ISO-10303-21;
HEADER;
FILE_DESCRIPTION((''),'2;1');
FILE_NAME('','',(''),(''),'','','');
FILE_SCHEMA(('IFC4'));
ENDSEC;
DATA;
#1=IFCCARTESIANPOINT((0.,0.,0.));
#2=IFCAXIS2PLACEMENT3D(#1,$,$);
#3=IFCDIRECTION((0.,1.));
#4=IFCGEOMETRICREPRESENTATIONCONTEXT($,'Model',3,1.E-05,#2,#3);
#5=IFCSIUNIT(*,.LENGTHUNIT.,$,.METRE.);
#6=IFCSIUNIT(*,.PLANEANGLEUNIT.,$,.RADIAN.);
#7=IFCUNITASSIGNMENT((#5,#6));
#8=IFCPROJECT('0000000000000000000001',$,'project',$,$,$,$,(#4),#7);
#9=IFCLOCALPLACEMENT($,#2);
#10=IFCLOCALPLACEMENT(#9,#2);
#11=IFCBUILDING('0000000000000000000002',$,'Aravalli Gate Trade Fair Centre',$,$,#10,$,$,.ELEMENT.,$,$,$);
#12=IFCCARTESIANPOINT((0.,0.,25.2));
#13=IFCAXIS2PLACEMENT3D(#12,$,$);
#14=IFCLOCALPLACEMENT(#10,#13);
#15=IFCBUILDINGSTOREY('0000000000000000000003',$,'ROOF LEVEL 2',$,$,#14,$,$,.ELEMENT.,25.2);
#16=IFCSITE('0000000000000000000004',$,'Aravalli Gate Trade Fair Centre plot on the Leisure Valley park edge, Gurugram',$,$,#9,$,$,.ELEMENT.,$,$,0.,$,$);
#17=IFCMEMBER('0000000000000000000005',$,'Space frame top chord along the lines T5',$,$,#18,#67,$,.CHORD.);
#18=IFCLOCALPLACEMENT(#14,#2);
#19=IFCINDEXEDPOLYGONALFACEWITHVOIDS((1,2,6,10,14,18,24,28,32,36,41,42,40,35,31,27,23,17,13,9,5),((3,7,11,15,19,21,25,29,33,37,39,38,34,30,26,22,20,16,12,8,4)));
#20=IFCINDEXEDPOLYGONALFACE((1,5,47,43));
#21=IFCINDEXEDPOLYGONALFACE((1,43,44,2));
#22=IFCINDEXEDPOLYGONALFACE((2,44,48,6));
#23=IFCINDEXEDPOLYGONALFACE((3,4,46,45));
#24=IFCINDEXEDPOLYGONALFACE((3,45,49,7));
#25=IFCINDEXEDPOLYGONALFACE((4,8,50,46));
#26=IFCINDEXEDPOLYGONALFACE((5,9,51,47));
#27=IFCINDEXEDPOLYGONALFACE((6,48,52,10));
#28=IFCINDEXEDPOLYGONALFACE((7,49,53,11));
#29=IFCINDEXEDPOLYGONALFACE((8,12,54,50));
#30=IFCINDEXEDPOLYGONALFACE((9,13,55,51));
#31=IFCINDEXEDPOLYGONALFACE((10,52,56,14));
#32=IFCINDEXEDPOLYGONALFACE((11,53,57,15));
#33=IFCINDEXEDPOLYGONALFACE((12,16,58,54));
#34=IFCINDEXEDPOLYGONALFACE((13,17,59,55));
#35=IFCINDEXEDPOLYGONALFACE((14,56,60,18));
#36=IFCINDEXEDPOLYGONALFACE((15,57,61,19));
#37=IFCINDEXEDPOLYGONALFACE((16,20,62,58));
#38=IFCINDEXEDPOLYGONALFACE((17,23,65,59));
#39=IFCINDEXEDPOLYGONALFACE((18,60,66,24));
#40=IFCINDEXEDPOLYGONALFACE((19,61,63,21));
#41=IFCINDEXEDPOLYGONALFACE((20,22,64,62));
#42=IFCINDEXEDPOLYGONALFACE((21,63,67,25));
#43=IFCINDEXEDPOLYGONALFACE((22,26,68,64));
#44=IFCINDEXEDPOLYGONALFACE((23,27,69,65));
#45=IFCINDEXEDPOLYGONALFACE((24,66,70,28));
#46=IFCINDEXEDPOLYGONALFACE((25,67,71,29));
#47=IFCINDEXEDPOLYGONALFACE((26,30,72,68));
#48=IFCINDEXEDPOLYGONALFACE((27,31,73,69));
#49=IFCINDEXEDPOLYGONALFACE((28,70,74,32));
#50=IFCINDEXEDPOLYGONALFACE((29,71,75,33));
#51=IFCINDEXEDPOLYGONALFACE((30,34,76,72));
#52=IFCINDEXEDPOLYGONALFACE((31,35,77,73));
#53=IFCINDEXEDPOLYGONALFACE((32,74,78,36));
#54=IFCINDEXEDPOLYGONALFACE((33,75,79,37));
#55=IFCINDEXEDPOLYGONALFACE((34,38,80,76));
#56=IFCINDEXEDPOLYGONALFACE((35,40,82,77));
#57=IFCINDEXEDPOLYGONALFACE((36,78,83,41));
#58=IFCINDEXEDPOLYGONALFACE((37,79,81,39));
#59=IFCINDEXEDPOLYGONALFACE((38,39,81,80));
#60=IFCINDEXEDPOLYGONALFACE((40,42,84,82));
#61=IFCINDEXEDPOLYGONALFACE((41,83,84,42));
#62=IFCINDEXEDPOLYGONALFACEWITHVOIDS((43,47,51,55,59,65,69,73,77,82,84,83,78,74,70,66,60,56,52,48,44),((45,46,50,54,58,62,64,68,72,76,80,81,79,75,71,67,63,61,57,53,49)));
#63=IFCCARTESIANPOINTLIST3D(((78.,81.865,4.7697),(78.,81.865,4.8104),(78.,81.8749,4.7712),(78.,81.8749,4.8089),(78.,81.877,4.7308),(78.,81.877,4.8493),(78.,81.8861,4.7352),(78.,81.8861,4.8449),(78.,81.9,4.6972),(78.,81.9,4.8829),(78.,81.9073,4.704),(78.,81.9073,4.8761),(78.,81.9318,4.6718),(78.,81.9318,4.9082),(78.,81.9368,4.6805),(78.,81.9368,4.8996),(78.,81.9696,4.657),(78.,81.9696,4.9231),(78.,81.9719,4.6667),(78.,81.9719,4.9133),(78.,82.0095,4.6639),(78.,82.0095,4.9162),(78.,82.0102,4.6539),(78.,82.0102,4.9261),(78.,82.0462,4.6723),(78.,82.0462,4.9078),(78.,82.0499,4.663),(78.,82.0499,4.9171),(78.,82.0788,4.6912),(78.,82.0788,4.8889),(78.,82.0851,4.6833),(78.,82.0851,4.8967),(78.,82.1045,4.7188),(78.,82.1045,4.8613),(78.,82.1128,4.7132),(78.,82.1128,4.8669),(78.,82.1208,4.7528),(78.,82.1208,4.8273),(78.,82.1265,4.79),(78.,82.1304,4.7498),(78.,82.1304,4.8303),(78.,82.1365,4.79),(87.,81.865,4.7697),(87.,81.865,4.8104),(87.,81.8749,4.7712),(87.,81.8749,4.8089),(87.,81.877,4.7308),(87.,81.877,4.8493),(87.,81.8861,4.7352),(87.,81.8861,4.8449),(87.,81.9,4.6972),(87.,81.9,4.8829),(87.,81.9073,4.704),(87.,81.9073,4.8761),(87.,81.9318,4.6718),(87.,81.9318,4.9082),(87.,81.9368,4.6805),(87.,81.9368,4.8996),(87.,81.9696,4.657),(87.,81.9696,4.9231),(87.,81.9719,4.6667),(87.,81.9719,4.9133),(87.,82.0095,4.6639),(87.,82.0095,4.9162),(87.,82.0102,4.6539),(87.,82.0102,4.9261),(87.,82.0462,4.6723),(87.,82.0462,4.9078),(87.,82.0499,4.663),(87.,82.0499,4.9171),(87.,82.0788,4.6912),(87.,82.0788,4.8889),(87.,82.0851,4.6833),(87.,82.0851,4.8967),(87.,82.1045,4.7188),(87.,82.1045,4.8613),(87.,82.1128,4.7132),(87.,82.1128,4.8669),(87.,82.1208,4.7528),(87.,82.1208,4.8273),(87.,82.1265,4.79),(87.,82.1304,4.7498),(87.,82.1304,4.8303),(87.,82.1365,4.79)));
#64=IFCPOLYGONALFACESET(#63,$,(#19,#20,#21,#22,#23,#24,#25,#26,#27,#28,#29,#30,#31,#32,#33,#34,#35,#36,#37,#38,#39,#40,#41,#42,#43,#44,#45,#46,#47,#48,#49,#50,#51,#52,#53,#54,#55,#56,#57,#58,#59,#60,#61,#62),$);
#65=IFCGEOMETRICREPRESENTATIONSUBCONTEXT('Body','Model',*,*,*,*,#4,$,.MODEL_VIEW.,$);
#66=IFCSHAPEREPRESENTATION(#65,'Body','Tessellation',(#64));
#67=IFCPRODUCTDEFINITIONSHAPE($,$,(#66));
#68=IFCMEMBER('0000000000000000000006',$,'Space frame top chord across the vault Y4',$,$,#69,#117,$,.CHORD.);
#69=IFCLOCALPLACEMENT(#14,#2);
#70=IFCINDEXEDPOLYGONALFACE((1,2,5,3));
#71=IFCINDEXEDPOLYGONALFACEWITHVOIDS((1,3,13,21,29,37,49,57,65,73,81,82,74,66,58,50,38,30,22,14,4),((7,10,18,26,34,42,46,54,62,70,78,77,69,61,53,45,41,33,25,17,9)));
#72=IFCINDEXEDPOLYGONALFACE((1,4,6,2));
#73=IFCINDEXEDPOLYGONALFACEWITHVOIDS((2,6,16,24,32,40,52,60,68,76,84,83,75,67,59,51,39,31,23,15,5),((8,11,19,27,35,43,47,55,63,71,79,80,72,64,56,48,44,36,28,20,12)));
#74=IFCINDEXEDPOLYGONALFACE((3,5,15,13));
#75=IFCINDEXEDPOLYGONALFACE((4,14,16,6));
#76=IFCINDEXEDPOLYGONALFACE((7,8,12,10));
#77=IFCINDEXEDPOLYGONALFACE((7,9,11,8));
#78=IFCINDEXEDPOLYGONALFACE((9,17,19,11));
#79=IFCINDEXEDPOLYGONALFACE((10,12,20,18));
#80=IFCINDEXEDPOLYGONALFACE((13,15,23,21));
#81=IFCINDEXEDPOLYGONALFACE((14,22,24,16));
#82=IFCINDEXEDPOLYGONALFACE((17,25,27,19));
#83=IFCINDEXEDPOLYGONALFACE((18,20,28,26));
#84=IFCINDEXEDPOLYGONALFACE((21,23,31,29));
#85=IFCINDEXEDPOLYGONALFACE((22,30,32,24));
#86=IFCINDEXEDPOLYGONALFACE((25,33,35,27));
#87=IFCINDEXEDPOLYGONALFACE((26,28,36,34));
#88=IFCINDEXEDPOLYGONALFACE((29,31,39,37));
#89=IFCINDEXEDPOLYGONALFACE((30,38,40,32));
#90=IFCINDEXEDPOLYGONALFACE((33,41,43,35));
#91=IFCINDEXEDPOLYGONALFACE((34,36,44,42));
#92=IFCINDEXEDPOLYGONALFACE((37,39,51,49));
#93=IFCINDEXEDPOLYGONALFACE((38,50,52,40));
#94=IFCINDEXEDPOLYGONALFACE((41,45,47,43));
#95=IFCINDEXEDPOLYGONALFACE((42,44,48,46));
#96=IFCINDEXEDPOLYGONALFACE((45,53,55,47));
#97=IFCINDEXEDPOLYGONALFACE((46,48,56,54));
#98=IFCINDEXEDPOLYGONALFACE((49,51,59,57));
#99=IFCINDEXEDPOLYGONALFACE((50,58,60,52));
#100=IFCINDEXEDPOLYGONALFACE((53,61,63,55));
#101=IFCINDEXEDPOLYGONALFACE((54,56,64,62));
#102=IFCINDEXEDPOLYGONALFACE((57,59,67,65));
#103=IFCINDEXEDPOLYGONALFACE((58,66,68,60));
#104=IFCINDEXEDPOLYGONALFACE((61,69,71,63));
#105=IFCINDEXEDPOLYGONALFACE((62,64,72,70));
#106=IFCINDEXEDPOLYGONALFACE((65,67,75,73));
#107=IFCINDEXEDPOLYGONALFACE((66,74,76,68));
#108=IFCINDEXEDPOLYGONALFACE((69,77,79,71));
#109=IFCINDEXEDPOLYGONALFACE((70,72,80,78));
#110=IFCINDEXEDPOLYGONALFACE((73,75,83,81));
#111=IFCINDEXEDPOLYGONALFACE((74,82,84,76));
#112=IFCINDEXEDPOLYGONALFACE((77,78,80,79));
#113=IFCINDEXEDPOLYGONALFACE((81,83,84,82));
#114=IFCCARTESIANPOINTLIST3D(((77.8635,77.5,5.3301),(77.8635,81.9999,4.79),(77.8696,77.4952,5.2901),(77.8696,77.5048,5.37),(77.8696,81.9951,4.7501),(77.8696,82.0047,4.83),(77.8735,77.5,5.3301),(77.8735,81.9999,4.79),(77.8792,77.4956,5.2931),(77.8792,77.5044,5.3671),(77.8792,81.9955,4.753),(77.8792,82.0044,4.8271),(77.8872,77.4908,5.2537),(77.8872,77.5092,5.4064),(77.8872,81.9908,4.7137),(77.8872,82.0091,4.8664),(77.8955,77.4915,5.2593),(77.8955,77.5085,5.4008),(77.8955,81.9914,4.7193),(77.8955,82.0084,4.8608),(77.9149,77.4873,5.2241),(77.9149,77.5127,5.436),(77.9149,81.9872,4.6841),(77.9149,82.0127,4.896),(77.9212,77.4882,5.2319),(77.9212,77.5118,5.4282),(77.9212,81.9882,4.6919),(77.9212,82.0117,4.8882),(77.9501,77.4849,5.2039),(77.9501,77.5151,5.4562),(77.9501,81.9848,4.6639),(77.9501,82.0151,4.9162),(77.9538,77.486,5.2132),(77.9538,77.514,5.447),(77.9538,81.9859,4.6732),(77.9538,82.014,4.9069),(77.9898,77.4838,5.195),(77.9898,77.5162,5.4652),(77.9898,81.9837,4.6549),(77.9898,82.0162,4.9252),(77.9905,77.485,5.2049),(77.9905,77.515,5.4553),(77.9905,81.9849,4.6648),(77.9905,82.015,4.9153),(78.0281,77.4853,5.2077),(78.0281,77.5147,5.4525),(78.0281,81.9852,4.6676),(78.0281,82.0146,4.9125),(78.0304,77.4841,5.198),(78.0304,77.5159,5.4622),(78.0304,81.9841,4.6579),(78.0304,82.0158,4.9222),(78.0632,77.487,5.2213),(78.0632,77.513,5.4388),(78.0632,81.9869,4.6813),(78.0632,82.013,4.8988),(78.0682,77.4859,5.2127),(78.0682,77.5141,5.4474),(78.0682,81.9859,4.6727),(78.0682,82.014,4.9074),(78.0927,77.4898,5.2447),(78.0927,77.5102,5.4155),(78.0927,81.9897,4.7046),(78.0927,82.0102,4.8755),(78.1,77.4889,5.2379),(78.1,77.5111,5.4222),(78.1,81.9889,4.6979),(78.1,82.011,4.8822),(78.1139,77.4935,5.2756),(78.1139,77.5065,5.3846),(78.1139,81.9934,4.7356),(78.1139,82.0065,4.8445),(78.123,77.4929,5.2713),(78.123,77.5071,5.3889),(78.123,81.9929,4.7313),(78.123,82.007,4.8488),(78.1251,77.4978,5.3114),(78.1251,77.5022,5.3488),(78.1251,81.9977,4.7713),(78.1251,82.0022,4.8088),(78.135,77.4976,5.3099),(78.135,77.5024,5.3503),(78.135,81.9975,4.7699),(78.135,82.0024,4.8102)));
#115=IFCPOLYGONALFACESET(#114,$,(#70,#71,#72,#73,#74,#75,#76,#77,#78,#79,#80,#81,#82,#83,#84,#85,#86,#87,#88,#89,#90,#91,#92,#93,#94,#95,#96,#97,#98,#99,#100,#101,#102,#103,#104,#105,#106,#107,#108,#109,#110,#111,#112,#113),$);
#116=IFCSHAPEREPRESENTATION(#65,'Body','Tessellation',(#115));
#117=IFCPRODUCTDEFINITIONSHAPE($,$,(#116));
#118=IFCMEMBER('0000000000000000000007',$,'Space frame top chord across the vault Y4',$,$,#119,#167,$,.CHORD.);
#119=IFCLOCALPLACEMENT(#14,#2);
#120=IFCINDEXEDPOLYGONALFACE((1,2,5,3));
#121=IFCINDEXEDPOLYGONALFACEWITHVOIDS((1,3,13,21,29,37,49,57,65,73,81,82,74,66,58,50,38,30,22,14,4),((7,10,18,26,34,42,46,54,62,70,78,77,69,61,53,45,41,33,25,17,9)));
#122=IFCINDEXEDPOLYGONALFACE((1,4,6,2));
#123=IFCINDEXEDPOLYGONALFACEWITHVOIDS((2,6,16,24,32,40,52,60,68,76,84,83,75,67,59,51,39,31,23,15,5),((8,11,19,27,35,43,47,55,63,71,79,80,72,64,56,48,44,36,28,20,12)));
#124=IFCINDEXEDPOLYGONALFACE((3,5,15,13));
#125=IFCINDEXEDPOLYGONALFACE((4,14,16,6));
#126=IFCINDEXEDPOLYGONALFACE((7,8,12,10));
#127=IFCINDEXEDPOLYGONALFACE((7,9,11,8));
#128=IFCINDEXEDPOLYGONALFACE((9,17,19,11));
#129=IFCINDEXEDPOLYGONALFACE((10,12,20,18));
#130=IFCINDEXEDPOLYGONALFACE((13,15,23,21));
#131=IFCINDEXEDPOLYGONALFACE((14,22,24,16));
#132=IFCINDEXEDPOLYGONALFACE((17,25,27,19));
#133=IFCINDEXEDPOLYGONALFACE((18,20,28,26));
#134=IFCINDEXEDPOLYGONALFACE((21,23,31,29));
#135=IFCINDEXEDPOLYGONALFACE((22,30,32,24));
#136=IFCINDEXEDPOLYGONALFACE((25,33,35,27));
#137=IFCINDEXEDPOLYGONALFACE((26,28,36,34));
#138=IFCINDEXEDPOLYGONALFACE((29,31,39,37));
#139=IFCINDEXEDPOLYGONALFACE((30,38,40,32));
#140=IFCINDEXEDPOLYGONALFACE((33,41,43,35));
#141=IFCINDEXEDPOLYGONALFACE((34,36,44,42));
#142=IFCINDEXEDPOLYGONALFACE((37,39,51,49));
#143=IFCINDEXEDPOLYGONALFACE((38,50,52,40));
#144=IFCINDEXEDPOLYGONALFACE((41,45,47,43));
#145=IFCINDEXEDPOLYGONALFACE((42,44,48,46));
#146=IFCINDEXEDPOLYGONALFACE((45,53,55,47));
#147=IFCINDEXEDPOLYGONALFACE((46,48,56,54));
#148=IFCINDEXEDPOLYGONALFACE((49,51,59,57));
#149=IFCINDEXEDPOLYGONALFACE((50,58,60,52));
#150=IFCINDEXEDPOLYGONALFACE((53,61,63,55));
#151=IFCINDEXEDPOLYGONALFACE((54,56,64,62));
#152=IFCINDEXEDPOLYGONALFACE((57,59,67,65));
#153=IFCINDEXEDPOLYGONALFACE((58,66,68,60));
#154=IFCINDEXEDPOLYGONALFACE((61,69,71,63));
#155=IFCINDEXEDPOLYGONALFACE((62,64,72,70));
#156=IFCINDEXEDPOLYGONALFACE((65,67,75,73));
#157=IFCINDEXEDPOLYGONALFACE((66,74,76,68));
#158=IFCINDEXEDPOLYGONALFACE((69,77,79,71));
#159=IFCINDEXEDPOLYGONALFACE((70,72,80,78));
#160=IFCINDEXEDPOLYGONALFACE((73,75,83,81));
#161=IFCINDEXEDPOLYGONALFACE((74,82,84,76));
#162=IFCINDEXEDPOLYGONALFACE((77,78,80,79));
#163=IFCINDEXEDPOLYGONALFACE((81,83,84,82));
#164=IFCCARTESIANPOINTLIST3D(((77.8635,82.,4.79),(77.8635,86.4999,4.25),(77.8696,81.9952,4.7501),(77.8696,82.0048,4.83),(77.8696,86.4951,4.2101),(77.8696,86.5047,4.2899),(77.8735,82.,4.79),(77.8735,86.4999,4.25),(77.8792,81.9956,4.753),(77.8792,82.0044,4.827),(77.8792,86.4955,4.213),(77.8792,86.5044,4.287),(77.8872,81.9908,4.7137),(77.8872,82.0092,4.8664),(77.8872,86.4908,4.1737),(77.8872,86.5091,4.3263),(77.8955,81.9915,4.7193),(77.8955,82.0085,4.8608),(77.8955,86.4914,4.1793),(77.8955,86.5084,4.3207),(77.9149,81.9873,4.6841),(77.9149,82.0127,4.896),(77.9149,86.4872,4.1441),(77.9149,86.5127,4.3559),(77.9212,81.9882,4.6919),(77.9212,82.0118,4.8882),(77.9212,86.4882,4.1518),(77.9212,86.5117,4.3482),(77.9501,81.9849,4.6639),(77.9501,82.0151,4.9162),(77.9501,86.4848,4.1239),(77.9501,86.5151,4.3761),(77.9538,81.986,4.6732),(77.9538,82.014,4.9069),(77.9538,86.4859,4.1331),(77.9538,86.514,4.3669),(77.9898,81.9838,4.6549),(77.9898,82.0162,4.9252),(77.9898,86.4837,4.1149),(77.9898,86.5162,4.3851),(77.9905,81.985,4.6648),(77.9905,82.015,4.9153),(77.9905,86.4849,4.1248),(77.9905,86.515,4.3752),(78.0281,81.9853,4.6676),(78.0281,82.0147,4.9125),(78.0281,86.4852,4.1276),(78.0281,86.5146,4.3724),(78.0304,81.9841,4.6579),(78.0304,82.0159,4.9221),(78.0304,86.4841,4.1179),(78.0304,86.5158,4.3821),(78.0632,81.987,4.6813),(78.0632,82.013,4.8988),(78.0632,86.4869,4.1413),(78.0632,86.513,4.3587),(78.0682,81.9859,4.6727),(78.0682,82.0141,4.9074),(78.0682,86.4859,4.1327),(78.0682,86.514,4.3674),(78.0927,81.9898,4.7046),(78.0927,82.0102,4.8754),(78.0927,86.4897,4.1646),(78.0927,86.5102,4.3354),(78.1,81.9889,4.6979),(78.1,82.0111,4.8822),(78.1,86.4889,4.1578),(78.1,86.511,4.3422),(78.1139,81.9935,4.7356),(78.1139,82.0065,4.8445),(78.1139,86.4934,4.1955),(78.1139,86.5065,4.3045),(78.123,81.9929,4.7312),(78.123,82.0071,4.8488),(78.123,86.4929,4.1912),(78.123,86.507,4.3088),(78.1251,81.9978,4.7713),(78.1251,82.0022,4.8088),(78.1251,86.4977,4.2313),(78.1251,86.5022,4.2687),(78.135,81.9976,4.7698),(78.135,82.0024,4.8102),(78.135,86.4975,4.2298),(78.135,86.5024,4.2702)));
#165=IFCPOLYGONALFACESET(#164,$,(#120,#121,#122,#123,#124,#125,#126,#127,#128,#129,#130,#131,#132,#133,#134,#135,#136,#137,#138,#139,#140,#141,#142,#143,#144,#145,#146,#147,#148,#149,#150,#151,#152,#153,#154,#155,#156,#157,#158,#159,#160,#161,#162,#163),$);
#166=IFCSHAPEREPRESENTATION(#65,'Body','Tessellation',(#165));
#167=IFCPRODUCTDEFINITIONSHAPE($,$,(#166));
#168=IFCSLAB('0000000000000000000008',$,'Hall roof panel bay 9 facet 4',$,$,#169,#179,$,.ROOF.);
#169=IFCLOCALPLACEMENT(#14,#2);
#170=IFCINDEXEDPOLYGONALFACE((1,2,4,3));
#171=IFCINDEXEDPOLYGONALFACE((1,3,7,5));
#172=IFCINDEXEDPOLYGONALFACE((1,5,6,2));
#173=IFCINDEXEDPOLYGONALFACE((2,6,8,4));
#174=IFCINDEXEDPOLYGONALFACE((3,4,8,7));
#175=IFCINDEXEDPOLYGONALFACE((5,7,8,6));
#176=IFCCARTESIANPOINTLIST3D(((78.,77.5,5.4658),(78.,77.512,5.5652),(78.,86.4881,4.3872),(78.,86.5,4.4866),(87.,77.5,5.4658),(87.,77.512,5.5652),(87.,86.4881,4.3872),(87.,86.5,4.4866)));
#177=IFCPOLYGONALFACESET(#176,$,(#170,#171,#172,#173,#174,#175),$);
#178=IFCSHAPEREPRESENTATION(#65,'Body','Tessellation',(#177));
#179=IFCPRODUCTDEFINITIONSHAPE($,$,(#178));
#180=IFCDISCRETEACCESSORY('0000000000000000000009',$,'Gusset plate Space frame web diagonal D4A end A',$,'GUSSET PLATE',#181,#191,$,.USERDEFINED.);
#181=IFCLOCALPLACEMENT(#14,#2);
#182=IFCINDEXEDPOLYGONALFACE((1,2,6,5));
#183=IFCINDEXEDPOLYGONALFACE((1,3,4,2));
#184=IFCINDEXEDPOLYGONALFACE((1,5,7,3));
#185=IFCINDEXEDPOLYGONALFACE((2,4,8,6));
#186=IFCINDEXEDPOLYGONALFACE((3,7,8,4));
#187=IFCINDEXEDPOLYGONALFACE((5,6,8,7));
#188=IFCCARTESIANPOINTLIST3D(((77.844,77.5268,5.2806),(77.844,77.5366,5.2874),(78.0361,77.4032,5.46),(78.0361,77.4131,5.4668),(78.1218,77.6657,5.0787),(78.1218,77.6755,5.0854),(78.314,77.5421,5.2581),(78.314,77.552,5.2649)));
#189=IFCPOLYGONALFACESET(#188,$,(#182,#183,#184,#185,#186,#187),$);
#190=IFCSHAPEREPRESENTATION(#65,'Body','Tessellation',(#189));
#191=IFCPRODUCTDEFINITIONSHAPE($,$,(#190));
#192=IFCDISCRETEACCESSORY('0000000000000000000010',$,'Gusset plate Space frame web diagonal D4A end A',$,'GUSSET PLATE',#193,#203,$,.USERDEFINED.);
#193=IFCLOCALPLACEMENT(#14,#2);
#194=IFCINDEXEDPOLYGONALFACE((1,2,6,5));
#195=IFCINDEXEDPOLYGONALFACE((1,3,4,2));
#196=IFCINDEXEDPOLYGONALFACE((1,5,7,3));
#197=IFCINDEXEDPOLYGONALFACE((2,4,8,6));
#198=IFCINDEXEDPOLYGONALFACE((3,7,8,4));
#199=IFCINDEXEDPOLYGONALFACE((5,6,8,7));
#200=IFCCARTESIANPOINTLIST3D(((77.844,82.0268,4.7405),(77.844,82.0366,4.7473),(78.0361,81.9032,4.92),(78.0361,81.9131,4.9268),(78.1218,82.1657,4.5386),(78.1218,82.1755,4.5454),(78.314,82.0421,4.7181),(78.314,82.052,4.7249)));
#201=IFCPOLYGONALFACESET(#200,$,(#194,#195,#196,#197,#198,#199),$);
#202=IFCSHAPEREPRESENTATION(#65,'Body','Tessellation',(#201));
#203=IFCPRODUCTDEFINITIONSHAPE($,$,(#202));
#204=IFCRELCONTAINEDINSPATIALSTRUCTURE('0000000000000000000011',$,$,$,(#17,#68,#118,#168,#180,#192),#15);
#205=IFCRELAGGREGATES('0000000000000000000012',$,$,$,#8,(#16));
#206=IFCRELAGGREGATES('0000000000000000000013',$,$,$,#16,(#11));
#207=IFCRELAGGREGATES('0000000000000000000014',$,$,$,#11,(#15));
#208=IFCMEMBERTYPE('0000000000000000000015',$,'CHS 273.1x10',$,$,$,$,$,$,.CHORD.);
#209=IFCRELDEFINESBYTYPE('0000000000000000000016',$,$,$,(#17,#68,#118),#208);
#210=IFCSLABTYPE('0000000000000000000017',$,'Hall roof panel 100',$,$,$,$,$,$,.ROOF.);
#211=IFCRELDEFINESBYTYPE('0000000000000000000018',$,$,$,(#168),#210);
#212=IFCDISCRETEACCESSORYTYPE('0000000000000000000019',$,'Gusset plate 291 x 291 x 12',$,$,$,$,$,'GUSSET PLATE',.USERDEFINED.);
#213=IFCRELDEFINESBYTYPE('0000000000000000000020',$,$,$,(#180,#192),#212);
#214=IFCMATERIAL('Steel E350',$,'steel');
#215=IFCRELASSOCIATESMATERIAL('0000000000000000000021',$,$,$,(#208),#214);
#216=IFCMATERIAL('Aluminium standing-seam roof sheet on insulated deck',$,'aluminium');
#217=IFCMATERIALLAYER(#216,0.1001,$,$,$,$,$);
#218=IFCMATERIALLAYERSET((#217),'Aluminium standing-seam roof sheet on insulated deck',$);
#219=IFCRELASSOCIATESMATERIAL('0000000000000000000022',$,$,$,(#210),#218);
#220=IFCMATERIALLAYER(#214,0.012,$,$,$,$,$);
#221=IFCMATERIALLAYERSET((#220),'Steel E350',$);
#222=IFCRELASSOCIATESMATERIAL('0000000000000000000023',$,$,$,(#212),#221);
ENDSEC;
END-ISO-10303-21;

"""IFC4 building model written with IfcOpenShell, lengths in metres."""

from ifc_helpers import new_model, si_unit, direction, frame, origin, origin_2d, place, context, subcontext, project, spatial, polyline, hollow_circle, outline, extrude, material, layer, layer_set, material_profile, profile_set, type_object, element, save


model = new_model("IFC4")

# Units and contexts
model_context = context("Model", 3, precision=1e-05, world=origin(), true_north=direction((0.0, 1.0)))
body_context = subcontext(model_context, "Body", "Model", "MODEL_VIEW")
ifc_project = project(units=[si_unit("LENGTHUNIT", "METRE"), si_unit("PLANEANGLEUNIT", "RADIAN")], contexts=[model_context])

# Site, building, storey
site_placement = place(None, origin())
site = spatial("IfcSite", under=ifc_project, at=site_placement, Name="Aravalli Gate Trade Fair Centre plot on the Leisure Valley park edge, Gurugram", CompositionType="ELEMENT", RefElevation=0.0)
building_placement = place(site_placement, origin())
building = spatial("IfcBuilding", under=site, at=building_placement, Name="Aravalli Gate Trade Fair Centre", CompositionType="ELEMENT")
storey_placement = place(building_placement, frame((0.0, 0.0, 25.2)))
storey = spatial("IfcBuildingStorey", under=building, at=storey_placement, Name="ROOF LEVEL 2", CompositionType="ELEMENT", Elevation=25.2)

# Members
ifc_material_1 = material(Name="Steel E350", Category="steel")
ifc_material_profile_1 = material_profile(ifc_material_1, hollow_circle(Radius=0.1365, WallThickness=0.01, at=origin_2d()), Name="CHS 273.1x10")
ifc_profile_set_1 = profile_set([ifc_material_profile_1], Name="Steel E350")
member_type_1 = type_object("IfcMemberType", Name="CHS 273.1x10", PredefinedType="CHORD", material=ifc_profile_set_1)
for number, where, z_axis, x_axis, name in (
    (1, (78.0, 82.0, 4.79), (1.0, 0.0, 0.0), (0.0, 1.0, 0.0), "Space frame top chord along the lines T5"),
):
    element("IfcMember", number, at=place(storey_placement, frame(where, z_axis=z_axis, x_axis=x_axis)), inside=storey, type_object=member_type_1, Name=name, PredefinedType="CHORD", context=body_context, shape_type="SweptSolid", body=[
        extrude(hollow_circle(Radius=0.1365, WallThickness=0.01, at=origin_2d()), origin(), (0.0, 0.0, 1.0), 9.0),
    ])
for number, where, z_axis, x_axis, name in (
    (2, (78.0, 77.5, 5.3301), (0.0, 0.992876, -0.119154), (-1.0, 0.0, 0.0), "Space frame top chord across the vault Y4"),
    (3, (78.0, 82.0, 4.79), (0.0, 0.992876, -0.119154), (-1.0, 0.0, 0.0), "Space frame top chord across the vault Y4"),
):
    element("IfcMember", number, at=place(storey_placement, frame(where, z_axis=z_axis, x_axis=x_axis)), inside=storey, type_object=member_type_1, Name=name, PredefinedType="CHORD", context=body_context, shape_type="SweptSolid", body=[
        extrude(hollow_circle(Radius=0.1365, WallThickness=0.01, at=origin_2d()), origin(), (0.0, 0.0, 1.0), 4.5322),
    ])

# Slab
ifc_material_2 = material(Name="Aluminium standing-seam roof sheet on insulated deck", Category="aluminium")
ifc_layer_1 = layer(ifc_material_2, 0.1001)
ifc_layer_set_1 = layer_set([ifc_layer_1], Name="Aluminium standing-seam roof sheet on insulated deck")
slab_type = type_object("IfcSlabType", Name="Hall roof panel 100", PredefinedType="ROOF", material=ifc_layer_set_1)
slab_placement = place(storey_placement, frame((78.0, 77.512, 5.5652), z_axis=(0.0, 0.119151, 0.992876), x_axis=(1.0, 0.0, 0.0)))
element("IfcSlab", 4, at=slab_placement, inside=storey, type_object=slab_type, Name="Hall roof panel bay 9 facet 4", PredefinedType="ROOF", context=body_context, shape_type="SweptSolid", body=[
    extrude(outline(polyline([(0.0, 0.0), (9.0, 0.0), (9.0, 9.0525), (0.0, 9.0525), (0.0, 0.0)])), origin(), (0.0, 0.0, -1.0), 0.1001),
])

# Discrete accessories
ifc_layer_2 = layer(ifc_material_1, 0.012)
ifc_layer_set_2 = layer_set([ifc_layer_2], Name="Steel E350")
discrete_accessory_type = type_object("IfcDiscreteAccessoryType", Name="Gusset plate 291 x 291 x 12", ElementType="GUSSET PLATE", PredefinedType="USERDEFINED", material=ifc_layer_set_2)
for number, where, z_axis, x_axis, name in (
    (5, (78.1218, 77.6755, 5.0854), (0.000137, 0.82375, 0.566952), (-0.749929, -0.374965, 0.544984), "Gusset plate Space frame web diagonal D4A end A"),
    (6, (78.1218, 82.1755, 4.5454), (0.000137, 0.82375, 0.566952), (-0.749929, -0.374965, 0.544984), "Gusset plate Space frame web diagonal D4A end A"),
):
    element("IfcDiscreteAccessory", number, at=place(storey_placement, frame(where, z_axis=z_axis, x_axis=x_axis)), inside=storey, type_object=discrete_accessory_type, Name=name, ObjectType="GUSSET PLATE", PredefinedType="USERDEFINED", context=body_context, shape_type="SweptSolid", body=[
        extrude(outline(polyline([(0.0, 0.0), (0.3705, 0.0), (0.3705, 0.2905), (0.0, 0.2905), (0.0, 0.0)])), origin(), (0.0, 0.0, -1.0), 0.012),
    ])

save(model, "model.ifc")
